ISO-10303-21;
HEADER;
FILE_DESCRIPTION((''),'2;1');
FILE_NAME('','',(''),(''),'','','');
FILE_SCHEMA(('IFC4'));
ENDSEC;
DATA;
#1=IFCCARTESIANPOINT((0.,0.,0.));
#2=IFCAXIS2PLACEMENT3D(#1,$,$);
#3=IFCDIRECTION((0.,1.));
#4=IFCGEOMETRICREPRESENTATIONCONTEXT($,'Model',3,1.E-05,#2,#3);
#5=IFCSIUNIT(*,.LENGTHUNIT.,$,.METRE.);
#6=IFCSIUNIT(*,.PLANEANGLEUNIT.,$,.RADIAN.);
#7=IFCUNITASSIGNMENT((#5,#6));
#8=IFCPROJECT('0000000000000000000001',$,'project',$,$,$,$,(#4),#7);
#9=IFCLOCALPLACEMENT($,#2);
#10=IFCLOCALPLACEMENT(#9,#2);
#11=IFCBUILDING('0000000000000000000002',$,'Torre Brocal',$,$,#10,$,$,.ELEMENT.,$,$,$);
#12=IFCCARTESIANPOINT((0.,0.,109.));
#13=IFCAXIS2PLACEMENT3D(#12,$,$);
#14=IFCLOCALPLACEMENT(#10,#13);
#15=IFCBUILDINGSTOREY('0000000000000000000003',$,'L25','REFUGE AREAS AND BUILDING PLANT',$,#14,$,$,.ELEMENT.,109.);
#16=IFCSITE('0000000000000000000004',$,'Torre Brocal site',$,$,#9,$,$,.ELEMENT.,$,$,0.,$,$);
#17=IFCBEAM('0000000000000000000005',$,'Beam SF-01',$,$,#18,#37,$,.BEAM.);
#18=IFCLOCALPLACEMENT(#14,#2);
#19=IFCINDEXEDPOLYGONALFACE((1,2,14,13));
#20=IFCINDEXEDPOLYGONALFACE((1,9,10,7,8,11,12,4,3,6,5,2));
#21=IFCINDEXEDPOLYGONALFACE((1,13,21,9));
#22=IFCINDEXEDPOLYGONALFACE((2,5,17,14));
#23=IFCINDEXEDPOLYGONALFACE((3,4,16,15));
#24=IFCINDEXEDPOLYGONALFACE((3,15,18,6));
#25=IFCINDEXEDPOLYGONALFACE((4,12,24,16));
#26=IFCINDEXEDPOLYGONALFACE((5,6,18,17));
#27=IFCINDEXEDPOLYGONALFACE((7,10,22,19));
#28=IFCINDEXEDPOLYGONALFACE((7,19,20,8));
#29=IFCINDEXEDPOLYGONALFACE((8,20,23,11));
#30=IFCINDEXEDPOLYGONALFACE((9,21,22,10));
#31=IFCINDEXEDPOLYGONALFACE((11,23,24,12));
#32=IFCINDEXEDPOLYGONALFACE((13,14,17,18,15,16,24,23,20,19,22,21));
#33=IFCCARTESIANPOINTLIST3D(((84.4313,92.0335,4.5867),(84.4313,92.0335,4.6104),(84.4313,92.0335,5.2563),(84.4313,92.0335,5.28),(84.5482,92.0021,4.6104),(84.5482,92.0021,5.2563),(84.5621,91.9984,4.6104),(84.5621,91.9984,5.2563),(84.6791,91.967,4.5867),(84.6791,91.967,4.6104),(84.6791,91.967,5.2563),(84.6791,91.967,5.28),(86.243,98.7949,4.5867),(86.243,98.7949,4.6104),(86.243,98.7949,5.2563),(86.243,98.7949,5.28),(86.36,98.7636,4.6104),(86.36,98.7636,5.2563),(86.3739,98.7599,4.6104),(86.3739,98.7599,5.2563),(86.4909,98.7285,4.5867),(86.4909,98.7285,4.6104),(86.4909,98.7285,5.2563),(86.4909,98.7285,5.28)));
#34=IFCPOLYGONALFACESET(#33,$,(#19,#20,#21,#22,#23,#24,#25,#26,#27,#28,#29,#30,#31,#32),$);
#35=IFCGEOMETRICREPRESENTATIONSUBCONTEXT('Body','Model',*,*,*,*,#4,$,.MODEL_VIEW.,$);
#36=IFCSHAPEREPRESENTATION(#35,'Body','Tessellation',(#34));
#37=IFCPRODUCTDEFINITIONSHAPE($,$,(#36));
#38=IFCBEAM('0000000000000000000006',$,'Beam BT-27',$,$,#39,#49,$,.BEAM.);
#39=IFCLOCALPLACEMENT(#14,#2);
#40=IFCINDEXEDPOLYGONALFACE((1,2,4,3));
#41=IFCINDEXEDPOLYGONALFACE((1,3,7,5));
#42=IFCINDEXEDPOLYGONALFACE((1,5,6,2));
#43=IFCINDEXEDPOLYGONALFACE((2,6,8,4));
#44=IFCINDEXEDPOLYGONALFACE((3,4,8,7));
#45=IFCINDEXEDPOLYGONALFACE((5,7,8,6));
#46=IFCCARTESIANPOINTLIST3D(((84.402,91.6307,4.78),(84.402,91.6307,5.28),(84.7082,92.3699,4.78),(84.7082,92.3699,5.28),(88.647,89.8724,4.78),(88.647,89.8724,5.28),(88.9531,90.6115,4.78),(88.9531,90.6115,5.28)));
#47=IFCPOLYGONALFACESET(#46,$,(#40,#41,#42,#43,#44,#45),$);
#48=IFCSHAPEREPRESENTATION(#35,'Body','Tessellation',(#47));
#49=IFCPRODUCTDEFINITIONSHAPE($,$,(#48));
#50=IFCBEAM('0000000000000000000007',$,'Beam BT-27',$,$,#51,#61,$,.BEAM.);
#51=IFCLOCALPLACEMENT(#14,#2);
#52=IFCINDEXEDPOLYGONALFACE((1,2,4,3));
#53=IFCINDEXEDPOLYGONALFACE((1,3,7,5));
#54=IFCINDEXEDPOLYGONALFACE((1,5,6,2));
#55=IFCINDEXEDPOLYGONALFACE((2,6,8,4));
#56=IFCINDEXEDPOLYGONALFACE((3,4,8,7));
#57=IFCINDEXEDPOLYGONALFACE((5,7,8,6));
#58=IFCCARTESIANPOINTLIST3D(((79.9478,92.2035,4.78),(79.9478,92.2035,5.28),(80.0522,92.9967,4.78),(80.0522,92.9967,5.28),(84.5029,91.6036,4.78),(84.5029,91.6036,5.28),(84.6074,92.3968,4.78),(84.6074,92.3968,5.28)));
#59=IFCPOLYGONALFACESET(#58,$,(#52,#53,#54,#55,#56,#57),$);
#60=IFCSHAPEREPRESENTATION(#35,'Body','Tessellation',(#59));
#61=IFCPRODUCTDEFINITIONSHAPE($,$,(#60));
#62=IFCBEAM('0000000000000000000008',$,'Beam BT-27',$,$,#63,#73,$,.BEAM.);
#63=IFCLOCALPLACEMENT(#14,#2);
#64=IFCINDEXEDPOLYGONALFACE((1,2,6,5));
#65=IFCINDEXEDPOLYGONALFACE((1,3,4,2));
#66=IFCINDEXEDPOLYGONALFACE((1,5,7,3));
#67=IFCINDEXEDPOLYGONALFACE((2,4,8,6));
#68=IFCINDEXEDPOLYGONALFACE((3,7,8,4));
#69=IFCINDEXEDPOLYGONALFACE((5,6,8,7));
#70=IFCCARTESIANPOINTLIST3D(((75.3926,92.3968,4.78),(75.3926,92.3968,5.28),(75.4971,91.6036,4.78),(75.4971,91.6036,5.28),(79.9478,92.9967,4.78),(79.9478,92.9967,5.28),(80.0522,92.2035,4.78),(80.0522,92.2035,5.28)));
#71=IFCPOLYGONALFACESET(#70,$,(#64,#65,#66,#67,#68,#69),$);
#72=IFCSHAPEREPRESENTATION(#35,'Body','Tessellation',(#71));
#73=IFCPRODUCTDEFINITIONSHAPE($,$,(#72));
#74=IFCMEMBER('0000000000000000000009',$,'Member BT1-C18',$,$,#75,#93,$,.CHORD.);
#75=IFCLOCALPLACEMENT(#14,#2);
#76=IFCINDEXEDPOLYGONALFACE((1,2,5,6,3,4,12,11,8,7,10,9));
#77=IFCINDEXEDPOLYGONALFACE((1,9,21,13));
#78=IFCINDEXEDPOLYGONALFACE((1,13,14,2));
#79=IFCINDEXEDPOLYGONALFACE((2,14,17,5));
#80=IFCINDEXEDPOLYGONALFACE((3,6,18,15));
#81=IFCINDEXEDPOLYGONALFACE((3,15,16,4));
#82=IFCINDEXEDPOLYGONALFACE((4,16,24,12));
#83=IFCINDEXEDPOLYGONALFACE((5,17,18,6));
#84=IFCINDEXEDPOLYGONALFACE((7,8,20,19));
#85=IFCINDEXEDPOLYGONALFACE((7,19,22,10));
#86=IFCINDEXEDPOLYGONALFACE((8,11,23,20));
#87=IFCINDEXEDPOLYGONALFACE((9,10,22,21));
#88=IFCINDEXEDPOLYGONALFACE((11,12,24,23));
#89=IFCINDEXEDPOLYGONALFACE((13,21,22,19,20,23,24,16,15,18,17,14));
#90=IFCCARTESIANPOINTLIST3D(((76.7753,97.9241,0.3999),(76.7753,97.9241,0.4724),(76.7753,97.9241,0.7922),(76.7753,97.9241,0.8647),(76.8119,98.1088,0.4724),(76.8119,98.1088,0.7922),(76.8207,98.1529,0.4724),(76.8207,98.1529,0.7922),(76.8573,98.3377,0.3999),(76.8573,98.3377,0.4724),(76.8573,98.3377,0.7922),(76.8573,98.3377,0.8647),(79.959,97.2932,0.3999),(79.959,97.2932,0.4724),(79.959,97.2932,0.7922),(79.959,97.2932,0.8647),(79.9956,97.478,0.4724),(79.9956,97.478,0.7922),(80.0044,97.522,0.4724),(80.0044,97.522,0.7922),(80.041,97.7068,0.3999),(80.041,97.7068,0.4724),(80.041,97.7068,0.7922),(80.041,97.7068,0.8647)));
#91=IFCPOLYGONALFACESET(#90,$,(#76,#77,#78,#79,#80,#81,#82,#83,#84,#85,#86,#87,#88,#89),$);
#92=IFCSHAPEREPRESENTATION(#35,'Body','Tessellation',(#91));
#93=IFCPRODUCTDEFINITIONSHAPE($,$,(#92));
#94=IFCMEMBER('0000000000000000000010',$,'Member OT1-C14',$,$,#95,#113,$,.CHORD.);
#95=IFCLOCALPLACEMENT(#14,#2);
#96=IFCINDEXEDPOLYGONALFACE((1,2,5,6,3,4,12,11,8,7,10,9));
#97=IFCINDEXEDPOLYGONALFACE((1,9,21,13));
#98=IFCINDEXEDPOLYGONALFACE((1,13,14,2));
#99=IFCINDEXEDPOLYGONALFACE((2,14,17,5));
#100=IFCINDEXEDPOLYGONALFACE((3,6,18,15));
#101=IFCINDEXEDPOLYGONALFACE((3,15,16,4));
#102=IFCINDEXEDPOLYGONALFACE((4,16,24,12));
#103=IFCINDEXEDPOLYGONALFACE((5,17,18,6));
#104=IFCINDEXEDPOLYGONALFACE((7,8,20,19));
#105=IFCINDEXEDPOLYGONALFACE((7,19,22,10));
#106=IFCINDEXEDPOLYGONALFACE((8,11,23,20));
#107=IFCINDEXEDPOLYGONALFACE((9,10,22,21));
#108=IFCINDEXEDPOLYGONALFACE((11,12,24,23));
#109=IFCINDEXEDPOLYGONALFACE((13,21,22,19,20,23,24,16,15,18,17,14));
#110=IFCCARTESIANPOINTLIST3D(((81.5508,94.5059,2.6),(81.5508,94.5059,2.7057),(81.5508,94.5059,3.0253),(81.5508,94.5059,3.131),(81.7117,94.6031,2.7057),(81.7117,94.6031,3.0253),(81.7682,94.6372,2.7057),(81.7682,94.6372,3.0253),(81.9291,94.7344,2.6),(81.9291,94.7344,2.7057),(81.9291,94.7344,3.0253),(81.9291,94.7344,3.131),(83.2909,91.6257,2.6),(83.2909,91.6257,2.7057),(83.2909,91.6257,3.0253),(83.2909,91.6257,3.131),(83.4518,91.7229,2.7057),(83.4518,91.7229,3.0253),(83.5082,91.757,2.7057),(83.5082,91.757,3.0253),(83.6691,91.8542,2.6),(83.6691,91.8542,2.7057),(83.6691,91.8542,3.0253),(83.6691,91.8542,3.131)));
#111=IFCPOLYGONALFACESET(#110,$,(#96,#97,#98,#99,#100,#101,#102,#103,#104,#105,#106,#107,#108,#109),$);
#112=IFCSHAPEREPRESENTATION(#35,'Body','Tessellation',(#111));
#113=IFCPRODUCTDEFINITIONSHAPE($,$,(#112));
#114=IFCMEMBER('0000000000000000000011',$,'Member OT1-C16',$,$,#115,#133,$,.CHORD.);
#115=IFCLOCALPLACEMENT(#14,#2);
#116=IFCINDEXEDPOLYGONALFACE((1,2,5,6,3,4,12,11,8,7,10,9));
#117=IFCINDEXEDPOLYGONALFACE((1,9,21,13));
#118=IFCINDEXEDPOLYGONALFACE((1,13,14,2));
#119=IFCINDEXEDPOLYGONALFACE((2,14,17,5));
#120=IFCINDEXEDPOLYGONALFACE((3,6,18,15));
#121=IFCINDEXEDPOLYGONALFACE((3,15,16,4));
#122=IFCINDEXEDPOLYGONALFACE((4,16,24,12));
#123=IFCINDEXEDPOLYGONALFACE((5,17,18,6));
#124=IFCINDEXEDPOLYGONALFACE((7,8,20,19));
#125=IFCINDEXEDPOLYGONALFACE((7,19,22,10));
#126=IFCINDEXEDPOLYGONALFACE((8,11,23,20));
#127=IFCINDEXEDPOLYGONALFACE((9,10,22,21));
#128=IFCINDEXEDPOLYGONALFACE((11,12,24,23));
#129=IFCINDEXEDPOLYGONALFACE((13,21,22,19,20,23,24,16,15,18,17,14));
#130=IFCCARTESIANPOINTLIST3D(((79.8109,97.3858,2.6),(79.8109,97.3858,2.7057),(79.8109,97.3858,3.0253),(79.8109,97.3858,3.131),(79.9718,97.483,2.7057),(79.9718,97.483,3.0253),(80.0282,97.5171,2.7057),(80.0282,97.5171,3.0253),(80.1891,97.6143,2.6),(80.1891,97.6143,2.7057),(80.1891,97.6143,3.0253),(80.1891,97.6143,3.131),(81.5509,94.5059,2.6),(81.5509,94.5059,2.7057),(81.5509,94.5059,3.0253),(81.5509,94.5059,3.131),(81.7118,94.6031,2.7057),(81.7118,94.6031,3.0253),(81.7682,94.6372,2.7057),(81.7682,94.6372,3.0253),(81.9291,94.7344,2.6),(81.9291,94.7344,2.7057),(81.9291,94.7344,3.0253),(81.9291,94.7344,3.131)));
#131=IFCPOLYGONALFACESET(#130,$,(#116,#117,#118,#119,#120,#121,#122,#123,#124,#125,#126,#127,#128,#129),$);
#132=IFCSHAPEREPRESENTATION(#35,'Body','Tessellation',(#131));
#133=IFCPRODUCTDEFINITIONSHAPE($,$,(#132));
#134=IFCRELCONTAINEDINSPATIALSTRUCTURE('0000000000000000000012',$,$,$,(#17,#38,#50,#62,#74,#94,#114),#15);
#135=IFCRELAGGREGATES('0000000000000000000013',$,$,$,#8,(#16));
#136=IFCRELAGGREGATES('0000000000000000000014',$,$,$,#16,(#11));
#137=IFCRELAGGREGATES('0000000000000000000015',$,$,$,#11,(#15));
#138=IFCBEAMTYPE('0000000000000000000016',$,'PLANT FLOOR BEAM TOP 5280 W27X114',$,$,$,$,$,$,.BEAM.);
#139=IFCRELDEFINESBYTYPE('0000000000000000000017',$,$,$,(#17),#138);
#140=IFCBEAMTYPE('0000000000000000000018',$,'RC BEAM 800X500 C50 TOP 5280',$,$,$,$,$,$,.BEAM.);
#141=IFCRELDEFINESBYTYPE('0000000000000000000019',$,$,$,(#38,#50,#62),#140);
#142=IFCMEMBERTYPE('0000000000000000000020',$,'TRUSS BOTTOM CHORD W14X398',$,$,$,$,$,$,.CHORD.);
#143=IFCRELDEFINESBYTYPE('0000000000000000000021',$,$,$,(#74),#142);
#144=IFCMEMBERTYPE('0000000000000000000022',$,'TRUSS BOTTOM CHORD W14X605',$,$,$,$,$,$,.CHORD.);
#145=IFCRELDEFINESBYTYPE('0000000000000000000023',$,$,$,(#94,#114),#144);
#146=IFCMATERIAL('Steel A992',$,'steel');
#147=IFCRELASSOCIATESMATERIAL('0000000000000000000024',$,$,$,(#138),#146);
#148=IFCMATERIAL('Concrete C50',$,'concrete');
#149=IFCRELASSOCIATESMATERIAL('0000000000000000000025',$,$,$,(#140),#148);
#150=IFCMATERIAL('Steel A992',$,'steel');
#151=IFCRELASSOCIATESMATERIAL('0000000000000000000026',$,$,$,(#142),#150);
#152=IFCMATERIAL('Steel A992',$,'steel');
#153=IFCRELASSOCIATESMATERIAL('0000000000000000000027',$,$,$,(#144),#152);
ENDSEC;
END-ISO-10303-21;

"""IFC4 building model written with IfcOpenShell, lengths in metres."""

from ifc_helpers import new_model, si_unit, direction, frame, origin, origin_2d, place, context, subcontext, project, spatial, rectangle, i_section, extrude, material, material_profile, profile_set, type_object, element, save


model = new_model("IFC4")

# Units and contexts
model_context = context("Model", 3, precision=1e-05, world=origin(), true_north=direction((0.0, 1.0)))
body_context = subcontext(model_context, "Body", "Model", "MODEL_VIEW")
ifc_project = project(units=[si_unit("LENGTHUNIT", "METRE"), si_unit("PLANEANGLEUNIT", "RADIAN")], contexts=[model_context])

# Site, building, storey
site_placement = place(None, origin())
site = spatial("IfcSite", under=ifc_project, at=site_placement, Name="Torre Brocal site", CompositionType="ELEMENT", RefElevation=0.0)
building_placement = place(site_placement, origin())
building = spatial("IfcBuilding", under=site, at=building_placement, Name="Torre Brocal", CompositionType="ELEMENT")
storey_placement = place(building_placement, frame((0.0, 0.0, 109.0)))
storey = spatial("IfcBuildingStorey", under=building, at=storey_placement, Name="L25", Description="REFUGE AREAS AND BUILDING PLANT", CompositionType="ELEMENT", Elevation=109.0)

# Beams
ifc_material_1 = material(Name="Steel A992", Category="steel")
ifc_material_profile_1 = material_profile(ifc_material_1, i_section(OverallWidth=0.2566, OverallDepth=0.6934, WebThickness=0.0144, FlangeThickness=0.0237, at=origin_2d()), Name="W27X114")
ifc_profile_set_1 = profile_set([ifc_material_profile_1], Name="Steel A992")
beam_type_1 = type_object("IfcBeamType", Name="PLANT FLOOR BEAM TOP 5280 W27X114", PredefinedType="BEAM", material=ifc_profile_set_1)
for number, where, z_axis, x_axis, name in (
    (1, (84.5552, 92.0002, 4.9333), (0.258824, 0.965925, 0.0), (-0.965925, 0.258824, 0.0), "Beam SF-01"),
):
    element("IfcBeam", number, at=place(storey_placement, frame(where, z_axis=z_axis, x_axis=x_axis)), inside=storey, type_object=beam_type_1, Name=name, PredefinedType="BEAM", context=body_context, shape_type="SweptSolid", body=[
        extrude(i_section(OverallWidth=0.2566, OverallDepth=0.6934, WebThickness=0.0144, FlangeThickness=0.0237, at=origin_2d()), origin(), (0.0, 0.0, 1.0), 7.0),
    ])
ifc_material_2 = material(Name="Concrete C50", Category="concrete")
ifc_material_profile_2 = material_profile(ifc_material_2, rectangle(XDim=0.8, YDim=0.5, at=origin_2d()), Name="RC 800X500")
ifc_profile_set_2 = profile_set([ifc_material_profile_2], Name="Concrete C50")
beam_type_2 = type_object("IfcBeamType", Name="RC BEAM 800X500 C50 TOP 5280", PredefinedType="BEAM", material=ifc_profile_set_2)
beam_placement = place(storey_placement, frame((88.8, 90.2419, 5.03), z_axis=(-0.923878, 0.382687, 0.0), x_axis=(-0.382687, -0.923878, 0.0)))
element("IfcBeam", 2, at=beam_placement, inside=storey, type_object=beam_type_2, Name="Beam BT-27", PredefinedType="BEAM", context=body_context, shape_type="SweptSolid", body=[
    extrude(rectangle(XDim=0.8, YDim=0.5, at=origin_2d()), origin(), (0.0, 0.0, 1.0), 4.5947),
])
for number, where, z_axis, x_axis, name in (
    (3, (84.5552, 92.0002, 5.03), (-0.991441, 0.130559, 0.0), (-0.130559, -0.991441, 0.0), "Beam BT-27"),
    (4, (80.0, 92.6001, 5.03), (-0.991441, -0.130559, 0.0), (0.130559, -0.991441, 0.0), "Beam BT-27"),
):
    element("IfcBeam", number, at=place(storey_placement, frame(where, z_axis=z_axis, x_axis=x_axis)), inside=storey, type_object=beam_type_2, Name=name, PredefinedType="BEAM", context=body_context, shape_type="SweptSolid", body=[
        extrude(rectangle(XDim=0.8, YDim=0.5, at=origin_2d()), origin(), (0.0, 0.0, 1.0), 4.5945),
    ])

# Members
ifc_material_3 = material(Name="Steel A992", Category="steel")
ifc_material_profile_3 = material_profile(ifc_material_3, i_section(OverallWidth=0.4216, OverallDepth=0.4648, WebThickness=0.0449, FlangeThickness=0.0725, at=origin_2d()), Name="W14X398")
ifc_profile_set_3 = profile_set([ifc_material_profile_3], Name="Steel A992")
member_type_1 = type_object("IfcMemberType", Name="TRUSS BOTTOM CHORD W14X398", PredefinedType="CHORD", material=ifc_profile_set_3)
member_1_placement = place(storey_placement, frame((80.0, 97.5, 0.6323), z_axis=(-0.980926, 0.19438, 0.0), x_axis=(-0.19438, -0.980926, 0.0)))
element("IfcMember", 5, at=member_1_placement, inside=storey, type_object=member_type_1, Name="Member BT1-C18", PredefinedType="CHORD", context=body_context, shape_type="SweptSolid", body=[
    extrude(i_section(OverallWidth=0.4216, OverallDepth=0.4648, WebThickness=0.0449, FlangeThickness=0.0725, at=origin_2d()), origin(), (0.0, 0.0, 1.0), 3.2456),
])
ifc_material_4 = material(Name="Steel A992", Category="steel")
ifc_material_profile_4 = material_profile(ifc_material_4, i_section(OverallWidth=0.4419, OverallDepth=0.531, WebThickness=0.0659, FlangeThickness=0.1057, at=origin_2d()), Name="W14X605")
ifc_profile_set_4 = profile_set([ifc_material_profile_4], Name="Steel A992")
member_type_2 = type_object("IfcMemberType", Name="TRUSS BOTTOM CHORD W14X605", PredefinedType="CHORD", material=ifc_profile_set_4)
member_2_placement = place(storey_placement, frame((83.48, 91.74, 2.8655), z_axis=(-0.517097, 0.855927, 0.0), x_axis=(-0.855927, -0.517097, 0.0)))
element("IfcMember", 6, at=member_2_placement, inside=storey, type_object=member_type_2, Name="Member OT1-C14", PredefinedType="CHORD", context=body_context, shape_type="SweptSolid", body=[
    extrude(i_section(OverallWidth=0.4419, OverallDepth=0.531, WebThickness=0.0659, FlangeThickness=0.1057, at=origin_2d()), origin(), (0.0, 0.0, 1.0), 3.365),
])
member_3_placement = place(storey_placement, frame((81.74, 94.6201, 2.8655), z_axis=(-0.517129, 0.855908, 0.0), x_axis=(-0.855908, -0.517129, 0.0)))
element("IfcMember", 7, at=member_3_placement, inside=storey, type_object=member_type_2, Name="Member OT1-C16", PredefinedType="CHORD", context=body_context, shape_type="SweptSolid", body=[
    extrude(i_section(OverallWidth=0.4419, OverallDepth=0.531, WebThickness=0.0659, FlangeThickness=0.1057, at=origin_2d()), origin(), (0.0, 0.0, 1.0), 3.3647),
])

save(model, "model.ifc")
